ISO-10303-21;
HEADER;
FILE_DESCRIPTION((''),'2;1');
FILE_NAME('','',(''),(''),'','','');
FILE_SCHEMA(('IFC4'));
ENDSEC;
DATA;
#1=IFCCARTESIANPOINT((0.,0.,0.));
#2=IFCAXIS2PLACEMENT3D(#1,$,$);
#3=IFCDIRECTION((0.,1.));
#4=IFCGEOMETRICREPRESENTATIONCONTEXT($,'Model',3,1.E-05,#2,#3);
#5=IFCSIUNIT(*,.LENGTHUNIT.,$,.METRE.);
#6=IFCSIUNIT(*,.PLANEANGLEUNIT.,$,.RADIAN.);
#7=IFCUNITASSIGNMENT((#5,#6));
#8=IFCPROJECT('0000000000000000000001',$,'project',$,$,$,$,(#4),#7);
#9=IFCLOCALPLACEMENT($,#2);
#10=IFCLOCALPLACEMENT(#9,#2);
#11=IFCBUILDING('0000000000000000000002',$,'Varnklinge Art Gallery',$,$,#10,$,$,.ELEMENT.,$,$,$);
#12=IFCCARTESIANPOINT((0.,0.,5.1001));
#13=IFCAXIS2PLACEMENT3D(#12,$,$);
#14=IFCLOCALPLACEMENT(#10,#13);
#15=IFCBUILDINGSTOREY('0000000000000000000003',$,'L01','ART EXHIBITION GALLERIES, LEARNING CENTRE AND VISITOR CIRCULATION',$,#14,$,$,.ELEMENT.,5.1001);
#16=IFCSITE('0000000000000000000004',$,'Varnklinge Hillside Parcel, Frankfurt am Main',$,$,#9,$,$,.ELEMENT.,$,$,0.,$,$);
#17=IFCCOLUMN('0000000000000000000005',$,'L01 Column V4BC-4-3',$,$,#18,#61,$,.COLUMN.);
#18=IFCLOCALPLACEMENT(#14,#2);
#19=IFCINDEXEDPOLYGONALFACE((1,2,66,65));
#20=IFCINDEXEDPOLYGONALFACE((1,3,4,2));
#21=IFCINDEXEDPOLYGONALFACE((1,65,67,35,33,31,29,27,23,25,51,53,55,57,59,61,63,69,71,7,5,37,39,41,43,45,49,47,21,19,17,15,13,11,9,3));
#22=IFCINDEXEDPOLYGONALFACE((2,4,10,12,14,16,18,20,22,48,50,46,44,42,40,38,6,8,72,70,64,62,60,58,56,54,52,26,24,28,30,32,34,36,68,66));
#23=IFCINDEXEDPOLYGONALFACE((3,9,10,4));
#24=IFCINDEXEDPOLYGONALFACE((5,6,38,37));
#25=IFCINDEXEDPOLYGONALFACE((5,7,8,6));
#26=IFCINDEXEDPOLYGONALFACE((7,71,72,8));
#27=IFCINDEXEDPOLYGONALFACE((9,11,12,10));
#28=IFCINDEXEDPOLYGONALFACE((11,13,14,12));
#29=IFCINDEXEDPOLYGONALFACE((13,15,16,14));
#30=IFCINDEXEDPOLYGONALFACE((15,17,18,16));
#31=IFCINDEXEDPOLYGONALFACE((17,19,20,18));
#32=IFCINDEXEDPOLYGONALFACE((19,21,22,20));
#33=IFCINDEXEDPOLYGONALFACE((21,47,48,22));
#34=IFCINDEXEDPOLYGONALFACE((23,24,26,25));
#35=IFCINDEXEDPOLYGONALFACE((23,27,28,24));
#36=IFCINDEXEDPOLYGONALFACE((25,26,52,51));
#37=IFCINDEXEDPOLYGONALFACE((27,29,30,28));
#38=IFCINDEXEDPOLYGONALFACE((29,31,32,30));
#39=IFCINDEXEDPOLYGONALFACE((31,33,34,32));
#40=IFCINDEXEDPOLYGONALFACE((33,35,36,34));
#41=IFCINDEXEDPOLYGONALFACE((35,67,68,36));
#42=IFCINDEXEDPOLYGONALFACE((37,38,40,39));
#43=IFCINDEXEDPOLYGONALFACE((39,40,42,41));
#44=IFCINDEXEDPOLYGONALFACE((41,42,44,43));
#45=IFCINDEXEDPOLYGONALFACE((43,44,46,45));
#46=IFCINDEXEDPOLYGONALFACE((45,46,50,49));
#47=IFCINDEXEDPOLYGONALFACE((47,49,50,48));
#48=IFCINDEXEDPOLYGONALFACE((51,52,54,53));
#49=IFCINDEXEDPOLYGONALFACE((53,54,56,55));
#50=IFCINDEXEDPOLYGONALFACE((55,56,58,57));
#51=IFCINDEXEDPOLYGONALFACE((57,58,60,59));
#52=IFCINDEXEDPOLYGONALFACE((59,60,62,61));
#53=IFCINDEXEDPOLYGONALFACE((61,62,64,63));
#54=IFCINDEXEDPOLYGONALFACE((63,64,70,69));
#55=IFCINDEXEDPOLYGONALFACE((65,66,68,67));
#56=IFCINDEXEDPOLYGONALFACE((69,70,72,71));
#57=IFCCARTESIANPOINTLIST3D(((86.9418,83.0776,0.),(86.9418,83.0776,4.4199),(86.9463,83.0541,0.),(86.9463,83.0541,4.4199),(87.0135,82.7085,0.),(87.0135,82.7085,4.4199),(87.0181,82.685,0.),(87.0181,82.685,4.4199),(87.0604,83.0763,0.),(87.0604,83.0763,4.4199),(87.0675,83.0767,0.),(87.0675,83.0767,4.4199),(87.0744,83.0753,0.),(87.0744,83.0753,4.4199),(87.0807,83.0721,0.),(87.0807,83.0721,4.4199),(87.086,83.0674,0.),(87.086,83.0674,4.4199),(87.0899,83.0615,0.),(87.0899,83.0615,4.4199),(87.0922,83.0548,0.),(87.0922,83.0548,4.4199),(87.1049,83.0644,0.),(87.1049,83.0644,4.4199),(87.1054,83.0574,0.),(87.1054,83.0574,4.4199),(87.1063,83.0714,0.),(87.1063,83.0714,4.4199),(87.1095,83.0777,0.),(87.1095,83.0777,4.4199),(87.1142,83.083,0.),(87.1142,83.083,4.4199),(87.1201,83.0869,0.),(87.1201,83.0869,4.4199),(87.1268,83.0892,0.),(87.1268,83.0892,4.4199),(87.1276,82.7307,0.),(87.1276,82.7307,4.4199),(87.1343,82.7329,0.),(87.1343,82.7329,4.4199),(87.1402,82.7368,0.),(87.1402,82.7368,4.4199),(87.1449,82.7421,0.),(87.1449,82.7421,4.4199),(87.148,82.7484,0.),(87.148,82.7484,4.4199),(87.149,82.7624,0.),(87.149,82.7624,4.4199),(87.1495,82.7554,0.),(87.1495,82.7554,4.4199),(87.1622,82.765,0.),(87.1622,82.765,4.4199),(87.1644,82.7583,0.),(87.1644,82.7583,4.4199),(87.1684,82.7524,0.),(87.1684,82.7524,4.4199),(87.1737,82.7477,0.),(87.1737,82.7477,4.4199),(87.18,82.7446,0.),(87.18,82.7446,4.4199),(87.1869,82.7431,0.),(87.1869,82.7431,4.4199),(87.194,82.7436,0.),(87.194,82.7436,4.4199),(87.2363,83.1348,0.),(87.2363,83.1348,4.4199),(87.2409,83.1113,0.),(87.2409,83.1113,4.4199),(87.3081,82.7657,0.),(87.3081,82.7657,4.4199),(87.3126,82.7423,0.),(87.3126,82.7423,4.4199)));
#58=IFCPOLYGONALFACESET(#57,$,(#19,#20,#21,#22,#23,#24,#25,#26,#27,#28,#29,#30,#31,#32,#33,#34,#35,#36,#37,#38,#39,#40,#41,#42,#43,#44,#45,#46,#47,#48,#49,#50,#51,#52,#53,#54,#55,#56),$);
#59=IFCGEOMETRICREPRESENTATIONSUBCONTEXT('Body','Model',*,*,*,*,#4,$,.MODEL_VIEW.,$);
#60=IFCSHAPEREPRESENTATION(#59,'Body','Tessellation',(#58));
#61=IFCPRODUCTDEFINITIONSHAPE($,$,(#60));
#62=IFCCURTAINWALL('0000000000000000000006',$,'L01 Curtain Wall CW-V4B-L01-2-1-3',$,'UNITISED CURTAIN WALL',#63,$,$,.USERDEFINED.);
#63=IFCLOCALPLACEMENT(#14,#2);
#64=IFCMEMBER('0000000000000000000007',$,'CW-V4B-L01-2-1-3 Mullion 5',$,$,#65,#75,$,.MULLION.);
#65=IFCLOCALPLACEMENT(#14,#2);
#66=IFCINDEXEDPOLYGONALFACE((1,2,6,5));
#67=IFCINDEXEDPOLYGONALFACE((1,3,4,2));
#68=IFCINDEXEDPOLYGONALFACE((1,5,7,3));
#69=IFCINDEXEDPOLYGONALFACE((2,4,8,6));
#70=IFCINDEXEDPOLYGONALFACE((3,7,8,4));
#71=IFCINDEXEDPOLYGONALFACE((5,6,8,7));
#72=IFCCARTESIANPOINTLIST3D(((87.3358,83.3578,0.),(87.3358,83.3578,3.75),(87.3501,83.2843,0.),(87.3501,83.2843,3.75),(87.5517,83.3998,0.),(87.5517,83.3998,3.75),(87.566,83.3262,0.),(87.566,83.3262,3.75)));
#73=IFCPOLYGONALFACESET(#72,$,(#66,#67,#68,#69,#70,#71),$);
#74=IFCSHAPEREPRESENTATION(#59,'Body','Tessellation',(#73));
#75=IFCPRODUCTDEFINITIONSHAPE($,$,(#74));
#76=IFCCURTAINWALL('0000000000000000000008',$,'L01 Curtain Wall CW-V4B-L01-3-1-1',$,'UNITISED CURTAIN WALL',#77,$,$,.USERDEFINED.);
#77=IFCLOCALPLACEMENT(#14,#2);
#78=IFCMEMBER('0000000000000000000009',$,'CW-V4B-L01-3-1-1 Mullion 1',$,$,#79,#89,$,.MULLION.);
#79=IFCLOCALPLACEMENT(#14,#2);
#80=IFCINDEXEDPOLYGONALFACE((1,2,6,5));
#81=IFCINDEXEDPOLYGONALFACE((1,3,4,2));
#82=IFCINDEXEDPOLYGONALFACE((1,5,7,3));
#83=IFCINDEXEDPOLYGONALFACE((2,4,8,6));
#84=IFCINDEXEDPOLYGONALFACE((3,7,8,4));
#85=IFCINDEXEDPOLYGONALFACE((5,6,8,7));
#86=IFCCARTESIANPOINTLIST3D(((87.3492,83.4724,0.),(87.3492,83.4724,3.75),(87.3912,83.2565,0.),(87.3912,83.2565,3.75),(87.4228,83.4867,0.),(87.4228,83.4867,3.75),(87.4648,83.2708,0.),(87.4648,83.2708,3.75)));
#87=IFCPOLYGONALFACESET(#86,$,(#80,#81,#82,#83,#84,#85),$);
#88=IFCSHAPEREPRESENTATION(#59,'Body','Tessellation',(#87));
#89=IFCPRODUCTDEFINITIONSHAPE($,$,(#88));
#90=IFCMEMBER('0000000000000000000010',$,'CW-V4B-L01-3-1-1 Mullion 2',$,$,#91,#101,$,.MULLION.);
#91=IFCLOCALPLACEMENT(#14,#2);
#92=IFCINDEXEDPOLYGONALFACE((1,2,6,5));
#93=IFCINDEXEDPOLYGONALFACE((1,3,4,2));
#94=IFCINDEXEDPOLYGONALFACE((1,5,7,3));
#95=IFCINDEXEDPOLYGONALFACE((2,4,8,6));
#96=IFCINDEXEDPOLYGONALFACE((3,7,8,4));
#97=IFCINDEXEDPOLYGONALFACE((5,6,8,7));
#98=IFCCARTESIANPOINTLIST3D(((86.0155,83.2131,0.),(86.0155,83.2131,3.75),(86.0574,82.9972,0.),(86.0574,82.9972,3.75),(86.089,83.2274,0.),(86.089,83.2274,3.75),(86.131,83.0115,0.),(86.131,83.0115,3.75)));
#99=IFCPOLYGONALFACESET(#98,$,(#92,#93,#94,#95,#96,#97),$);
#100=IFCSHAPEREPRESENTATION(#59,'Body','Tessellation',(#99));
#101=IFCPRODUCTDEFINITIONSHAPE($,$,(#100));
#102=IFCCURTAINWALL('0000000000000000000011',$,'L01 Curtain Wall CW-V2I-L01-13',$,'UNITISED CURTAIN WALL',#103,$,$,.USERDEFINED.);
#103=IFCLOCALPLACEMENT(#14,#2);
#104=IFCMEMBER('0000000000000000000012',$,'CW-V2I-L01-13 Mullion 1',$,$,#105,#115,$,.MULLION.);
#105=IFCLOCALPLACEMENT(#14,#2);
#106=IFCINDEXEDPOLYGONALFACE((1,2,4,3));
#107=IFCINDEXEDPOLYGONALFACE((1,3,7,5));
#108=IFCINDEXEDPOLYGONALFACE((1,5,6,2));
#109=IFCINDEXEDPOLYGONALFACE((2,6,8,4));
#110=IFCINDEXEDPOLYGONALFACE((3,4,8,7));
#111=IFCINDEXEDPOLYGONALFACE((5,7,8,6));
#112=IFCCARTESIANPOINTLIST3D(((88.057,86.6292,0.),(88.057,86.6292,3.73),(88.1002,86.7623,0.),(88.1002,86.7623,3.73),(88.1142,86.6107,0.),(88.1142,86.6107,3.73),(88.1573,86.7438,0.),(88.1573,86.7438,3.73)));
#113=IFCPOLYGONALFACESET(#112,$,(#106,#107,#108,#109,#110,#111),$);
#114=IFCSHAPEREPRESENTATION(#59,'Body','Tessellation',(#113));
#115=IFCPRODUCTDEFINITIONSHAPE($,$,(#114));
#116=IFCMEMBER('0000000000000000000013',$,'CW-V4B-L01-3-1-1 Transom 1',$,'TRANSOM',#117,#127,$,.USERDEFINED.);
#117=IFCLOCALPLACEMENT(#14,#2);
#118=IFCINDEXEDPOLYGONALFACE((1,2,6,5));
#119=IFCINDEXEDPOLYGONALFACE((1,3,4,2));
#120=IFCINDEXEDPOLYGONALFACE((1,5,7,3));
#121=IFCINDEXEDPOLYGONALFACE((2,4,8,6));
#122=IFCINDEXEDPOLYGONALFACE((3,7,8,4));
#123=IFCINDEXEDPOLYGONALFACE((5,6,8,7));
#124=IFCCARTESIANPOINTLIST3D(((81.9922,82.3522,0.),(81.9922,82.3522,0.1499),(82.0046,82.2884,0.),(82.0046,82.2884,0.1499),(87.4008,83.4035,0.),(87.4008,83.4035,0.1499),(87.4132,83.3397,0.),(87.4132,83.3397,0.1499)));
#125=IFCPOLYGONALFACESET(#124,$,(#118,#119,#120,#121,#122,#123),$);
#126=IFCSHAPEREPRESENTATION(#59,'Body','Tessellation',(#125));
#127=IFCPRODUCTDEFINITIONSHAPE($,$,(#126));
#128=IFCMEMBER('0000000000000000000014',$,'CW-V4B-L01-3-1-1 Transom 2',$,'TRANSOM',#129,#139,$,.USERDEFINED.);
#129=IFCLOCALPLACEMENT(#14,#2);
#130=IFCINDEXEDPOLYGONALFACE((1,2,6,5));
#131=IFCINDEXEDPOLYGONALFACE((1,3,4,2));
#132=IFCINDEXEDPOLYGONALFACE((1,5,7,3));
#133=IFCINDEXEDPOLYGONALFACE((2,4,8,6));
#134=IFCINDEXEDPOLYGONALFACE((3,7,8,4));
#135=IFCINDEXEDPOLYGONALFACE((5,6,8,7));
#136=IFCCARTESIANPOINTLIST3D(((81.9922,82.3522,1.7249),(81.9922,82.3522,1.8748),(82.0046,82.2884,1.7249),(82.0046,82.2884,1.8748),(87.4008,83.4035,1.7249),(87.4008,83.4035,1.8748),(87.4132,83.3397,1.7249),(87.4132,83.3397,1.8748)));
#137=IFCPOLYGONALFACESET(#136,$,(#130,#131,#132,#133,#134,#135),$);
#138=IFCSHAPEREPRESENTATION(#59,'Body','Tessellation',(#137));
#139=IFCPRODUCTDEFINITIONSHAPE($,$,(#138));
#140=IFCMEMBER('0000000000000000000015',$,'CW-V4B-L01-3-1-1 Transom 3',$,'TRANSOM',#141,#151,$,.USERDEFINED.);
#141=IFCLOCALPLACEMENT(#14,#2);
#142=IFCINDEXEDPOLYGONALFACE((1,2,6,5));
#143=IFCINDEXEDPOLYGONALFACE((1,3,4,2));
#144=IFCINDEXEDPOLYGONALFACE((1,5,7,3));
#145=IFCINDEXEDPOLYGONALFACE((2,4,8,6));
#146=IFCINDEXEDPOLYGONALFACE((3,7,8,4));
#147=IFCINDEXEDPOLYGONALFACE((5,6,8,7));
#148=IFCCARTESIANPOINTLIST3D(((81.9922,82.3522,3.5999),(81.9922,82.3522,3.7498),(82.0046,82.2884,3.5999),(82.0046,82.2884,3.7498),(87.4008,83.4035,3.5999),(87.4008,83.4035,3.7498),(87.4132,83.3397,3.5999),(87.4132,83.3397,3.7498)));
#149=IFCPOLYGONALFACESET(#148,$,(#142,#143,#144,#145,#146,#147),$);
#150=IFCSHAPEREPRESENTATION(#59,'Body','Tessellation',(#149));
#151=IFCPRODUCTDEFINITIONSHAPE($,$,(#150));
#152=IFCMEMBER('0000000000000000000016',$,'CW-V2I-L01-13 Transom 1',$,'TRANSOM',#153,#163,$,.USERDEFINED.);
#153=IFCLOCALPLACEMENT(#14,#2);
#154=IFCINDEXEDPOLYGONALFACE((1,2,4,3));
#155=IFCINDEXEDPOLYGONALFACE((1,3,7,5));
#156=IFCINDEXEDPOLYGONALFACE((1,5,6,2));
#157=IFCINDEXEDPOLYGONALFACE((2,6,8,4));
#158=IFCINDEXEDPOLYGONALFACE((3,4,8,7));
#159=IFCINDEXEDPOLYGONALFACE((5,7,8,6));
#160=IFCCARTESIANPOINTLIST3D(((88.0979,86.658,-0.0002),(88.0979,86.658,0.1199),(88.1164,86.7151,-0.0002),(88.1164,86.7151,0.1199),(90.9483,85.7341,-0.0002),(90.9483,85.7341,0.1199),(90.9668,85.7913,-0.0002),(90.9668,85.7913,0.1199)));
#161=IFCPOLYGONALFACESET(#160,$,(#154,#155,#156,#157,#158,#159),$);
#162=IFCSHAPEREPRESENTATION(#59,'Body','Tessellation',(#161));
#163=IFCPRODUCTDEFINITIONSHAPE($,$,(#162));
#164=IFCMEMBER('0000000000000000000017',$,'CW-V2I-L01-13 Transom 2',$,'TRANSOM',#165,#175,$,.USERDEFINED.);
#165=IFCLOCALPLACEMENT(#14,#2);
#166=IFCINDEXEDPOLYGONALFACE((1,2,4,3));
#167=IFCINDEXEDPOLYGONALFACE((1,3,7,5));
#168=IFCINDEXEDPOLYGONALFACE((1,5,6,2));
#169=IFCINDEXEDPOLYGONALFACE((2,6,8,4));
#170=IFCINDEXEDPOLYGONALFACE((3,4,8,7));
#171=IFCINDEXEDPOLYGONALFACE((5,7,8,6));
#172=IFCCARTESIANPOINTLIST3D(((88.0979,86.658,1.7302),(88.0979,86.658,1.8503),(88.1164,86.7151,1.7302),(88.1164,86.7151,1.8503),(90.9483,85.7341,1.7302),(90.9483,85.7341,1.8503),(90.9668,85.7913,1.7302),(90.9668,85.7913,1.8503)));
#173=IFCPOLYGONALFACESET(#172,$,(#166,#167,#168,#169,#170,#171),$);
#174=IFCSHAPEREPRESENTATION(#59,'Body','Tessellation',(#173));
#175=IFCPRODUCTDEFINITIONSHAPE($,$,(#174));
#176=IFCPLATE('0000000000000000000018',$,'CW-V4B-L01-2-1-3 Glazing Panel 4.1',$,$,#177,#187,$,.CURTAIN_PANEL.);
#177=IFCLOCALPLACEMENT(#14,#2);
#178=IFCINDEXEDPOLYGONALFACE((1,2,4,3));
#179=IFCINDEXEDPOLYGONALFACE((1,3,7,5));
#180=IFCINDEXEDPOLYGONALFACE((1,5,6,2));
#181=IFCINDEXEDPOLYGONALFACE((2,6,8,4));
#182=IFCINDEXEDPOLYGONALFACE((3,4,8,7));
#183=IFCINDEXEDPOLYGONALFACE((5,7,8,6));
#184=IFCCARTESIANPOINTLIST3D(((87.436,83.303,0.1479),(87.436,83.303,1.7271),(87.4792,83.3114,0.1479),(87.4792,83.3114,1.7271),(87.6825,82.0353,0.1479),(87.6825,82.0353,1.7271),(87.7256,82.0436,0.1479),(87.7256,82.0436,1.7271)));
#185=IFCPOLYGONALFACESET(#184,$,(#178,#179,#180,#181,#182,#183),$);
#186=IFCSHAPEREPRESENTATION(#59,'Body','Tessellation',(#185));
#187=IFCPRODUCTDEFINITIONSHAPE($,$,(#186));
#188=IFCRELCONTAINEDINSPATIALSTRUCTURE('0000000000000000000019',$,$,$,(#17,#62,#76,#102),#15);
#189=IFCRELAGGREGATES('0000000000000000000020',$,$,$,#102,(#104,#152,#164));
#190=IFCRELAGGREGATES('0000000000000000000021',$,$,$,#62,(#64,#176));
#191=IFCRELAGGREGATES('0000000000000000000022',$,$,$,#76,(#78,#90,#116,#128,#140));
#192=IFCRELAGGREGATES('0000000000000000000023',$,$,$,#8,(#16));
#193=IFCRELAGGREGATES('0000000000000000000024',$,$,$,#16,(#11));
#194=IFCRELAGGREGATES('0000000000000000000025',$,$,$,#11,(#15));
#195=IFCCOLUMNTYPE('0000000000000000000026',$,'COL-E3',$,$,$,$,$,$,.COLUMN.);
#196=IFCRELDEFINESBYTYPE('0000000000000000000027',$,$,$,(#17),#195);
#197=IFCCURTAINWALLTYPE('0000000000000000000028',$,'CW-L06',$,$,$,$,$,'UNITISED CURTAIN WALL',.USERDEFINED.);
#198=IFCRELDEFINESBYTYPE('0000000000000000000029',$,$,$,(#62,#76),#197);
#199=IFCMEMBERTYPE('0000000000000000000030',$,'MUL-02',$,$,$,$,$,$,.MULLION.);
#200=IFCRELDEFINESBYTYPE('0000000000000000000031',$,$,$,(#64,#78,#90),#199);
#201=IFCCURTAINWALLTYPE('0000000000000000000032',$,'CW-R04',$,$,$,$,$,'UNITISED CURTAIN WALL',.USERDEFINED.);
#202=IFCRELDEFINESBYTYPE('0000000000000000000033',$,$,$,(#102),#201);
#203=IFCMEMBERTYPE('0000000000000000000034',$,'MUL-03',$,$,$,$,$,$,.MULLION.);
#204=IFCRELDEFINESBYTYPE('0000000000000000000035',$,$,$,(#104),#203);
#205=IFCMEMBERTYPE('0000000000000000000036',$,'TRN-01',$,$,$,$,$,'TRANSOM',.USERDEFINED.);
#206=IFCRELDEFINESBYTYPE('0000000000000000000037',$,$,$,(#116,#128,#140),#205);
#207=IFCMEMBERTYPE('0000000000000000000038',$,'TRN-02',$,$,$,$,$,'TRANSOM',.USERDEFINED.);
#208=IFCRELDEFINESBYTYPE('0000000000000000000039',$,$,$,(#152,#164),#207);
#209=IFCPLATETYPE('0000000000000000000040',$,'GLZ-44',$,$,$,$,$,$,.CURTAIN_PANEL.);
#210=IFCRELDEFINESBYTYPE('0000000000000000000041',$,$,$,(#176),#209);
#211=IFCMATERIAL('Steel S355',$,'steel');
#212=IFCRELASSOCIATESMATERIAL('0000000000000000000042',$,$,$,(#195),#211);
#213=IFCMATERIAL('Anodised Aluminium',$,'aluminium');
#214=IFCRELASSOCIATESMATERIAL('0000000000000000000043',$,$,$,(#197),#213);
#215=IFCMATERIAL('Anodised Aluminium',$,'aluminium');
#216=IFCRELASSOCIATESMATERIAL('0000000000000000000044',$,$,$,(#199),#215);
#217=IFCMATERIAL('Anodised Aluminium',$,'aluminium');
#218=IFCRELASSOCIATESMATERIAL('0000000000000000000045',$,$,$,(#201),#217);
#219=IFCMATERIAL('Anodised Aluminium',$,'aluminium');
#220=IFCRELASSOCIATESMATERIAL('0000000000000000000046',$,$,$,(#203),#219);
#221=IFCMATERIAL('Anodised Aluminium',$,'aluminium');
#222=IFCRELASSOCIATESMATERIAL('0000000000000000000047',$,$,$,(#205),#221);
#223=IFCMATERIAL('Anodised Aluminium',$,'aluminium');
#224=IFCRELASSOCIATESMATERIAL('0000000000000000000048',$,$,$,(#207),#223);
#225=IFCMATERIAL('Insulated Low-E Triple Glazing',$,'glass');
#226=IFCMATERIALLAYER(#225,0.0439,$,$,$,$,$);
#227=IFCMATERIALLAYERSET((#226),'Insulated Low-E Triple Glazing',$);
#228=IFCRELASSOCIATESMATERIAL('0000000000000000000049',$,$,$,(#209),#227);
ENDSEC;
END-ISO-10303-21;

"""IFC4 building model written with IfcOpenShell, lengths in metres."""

from ifc_helpers import new_model, si_unit, direction, frame, origin, origin_2d, place, context, subcontext, project, spatial, rectangle, i_section, extrude, material, layer, layer_set, material_profile, profile_set, type_object, element, aggregate, save


model = new_model("IFC4")

# Units and contexts
model_context = context("Model", 3, precision=1e-05, world=origin(), true_north=direction((0.0, 1.0)))
body_context = subcontext(model_context, "Body", "Model", "MODEL_VIEW")
ifc_project = project(units=[si_unit("LENGTHUNIT", "METRE"), si_unit("PLANEANGLEUNIT", "RADIAN")], contexts=[model_context])

# Site, building, storey
site_placement = place(None, origin())
site = spatial("IfcSite", under=ifc_project, at=site_placement, Name="Varnklinge Hillside Parcel, Frankfurt am Main", CompositionType="ELEMENT", RefElevation=0.0)
building_placement = place(site_placement, origin())
building = spatial("IfcBuilding", under=site, at=building_placement, Name="Varnklinge Art Gallery", CompositionType="ELEMENT")
storey_placement = place(building_placement, frame((0.0, 0.0, 5.1001)))
storey = spatial("IfcBuildingStorey", under=building, at=storey_placement, Name="L01", Description="ART EXHIBITION GALLERIES, LEARNING CENTRE AND VISITOR CIRCULATION", CompositionType="ELEMENT", Elevation=5.1001)

# Column
ifc_material_1 = material(Name="Steel S355", Category="steel")
ifc_material_profile_1 = material_profile(ifc_material_1, i_section(OverallWidth=0.3, OverallDepth=0.3999, WebThickness=0.0134, FlangeThickness=0.0239, FilletRadius=0.0271, at=origin_2d()), Name="HEB 400")
ifc_profile_set_1 = profile_set([ifc_material_profile_1], Name="Steel S355")
column_type = type_object("IfcColumnType", Name="COL-E3", PredefinedType="COLUMN", material=ifc_profile_set_1)
column_placement = place(storey_placement, frame((87.1272, 82.9099, 0.0), z_axis=(0.0, 0.0, 1.0), x_axis=(0.981627, 0.190809, 0.0)))
element("IfcColumn", 1, at=column_placement, inside=storey, type_object=column_type, Name="L01 Column V4BC-4-3", PredefinedType="COLUMN", context=body_context, shape_type="SweptSolid", body=[
    extrude(i_section(OverallWidth=0.3, OverallDepth=0.3999, WebThickness=0.0134, FlangeThickness=0.0239, FilletRadius=0.0271, at=origin_2d()), origin(), (0.0, 0.0, 1.0), 4.4199),
])

# Curtain wall, member
ifc_material_2 = material(Name="Anodised Aluminium", Category="aluminium")
curtain_wall_type_1 = type_object("IfcCurtainWallType", Name="CW-L06", ElementType="UNITISED CURTAIN WALL", PredefinedType="USERDEFINED", material=ifc_material_2)
curtain_wall_1_placement = place(storey_placement, origin())
curtain_wall_1 = element("IfcCurtainWall", 2, at=curtain_wall_1_placement, inside=storey, type_object=curtain_wall_type_1, Name="L01 Curtain Wall CW-V4B-L01-2-1-3", ObjectType="UNITISED CURTAIN WALL", PredefinedType="USERDEFINED")
ifc_material_3 = material(Name="Anodised Aluminium", Category="aluminium")
ifc_material_profile_2 = material_profile(ifc_material_3, rectangle(XDim=0.075, YDim=0.22, at=origin_2d()), Name="ALU 75x220")
ifc_profile_set_2 = profile_set([ifc_material_profile_2], Name="Anodised Aluminium")
member_type_1 = type_object("IfcMemberType", Name="MUL-02", PredefinedType="MULLION", material=ifc_profile_set_2)
member_1_placement = place(storey_placement, frame((87.4509, 83.342, 0.0), z_axis=(0.0, 0.0, 1.0), x_axis=(-0.190809, 0.981627, 0.0)))
member_1 = element("IfcMember", 3, at=member_1_placement, type_object=member_type_1, Name="CW-V4B-L01-2-1-3 Mullion 5", PredefinedType="MULLION", context=body_context, shape_type="SweptSolid", body=[
    extrude(rectangle(XDim=0.075, YDim=0.22, at=origin_2d()), origin(), (0.0, 0.0, 1.0), 3.75),
])

# Curtain wall, members
curtain_wall_2_placement = place(storey_placement, origin())
curtain_wall_2 = element("IfcCurtainWall", 4, at=curtain_wall_2_placement, inside=storey, type_object=curtain_wall_type_1, Name="L01 Curtain Wall CW-V4B-L01-3-1-1", ObjectType="UNITISED CURTAIN WALL", PredefinedType="USERDEFINED")
member_2_placement = place(storey_placement, frame((87.407, 83.3716, 0.0), z_axis=(0.0, 0.0, 1.0), x_axis=(-0.981627, -0.190809, 0.0)))
member_2 = element("IfcMember", 5, at=member_2_placement, type_object=member_type_1, Name="CW-V4B-L01-3-1-1 Mullion 1", PredefinedType="MULLION", context=body_context, shape_type="SweptSolid", body=[
    extrude(rectangle(XDim=0.075, YDim=0.22, at=origin_2d()), origin(), (0.0, 0.0, 1.0), 3.75),
])
member_3_placement = place(storey_placement, frame((86.0732, 83.1123, 0.0), z_axis=(0.0, 0.0, 1.0), x_axis=(-0.981627, -0.190809, 0.0)))
member_3 = element("IfcMember", 6, at=member_3_placement, type_object=member_type_1, Name="CW-V4B-L01-3-1-1 Mullion 2", PredefinedType="MULLION", context=body_context, shape_type="SweptSolid", body=[
    extrude(rectangle(XDim=0.075, YDim=0.22, at=origin_2d()), origin(), (0.0, 0.0, 1.0), 3.75),
])

# Curtain wall, member
ifc_material_4 = material(Name="Anodised Aluminium", Category="aluminium")
curtain_wall_type_2 = type_object("IfcCurtainWallType", Name="CW-R04", ElementType="UNITISED CURTAIN WALL", PredefinedType="USERDEFINED", material=ifc_material_4)
curtain_wall_3_placement = place(storey_placement, origin())
curtain_wall_3 = element("IfcCurtainWall", 7, at=curtain_wall_3_placement, inside=storey, type_object=curtain_wall_type_2, Name="L01 Curtain Wall CW-V2I-L01-13", ObjectType="UNITISED CURTAIN WALL", PredefinedType="USERDEFINED")
ifc_material_5 = material(Name="Anodised Aluminium", Category="aluminium")
ifc_material_profile_3 = material_profile(ifc_material_5, rectangle(XDim=0.0601, YDim=0.1399, at=origin_2d()), Name="ALU 60x140")
ifc_profile_set_3 = profile_set([ifc_material_profile_3], Name="Anodised Aluminium")
member_type_2 = type_object("IfcMemberType", Name="MUL-03", PredefinedType="MULLION", material=ifc_profile_set_3)
member_4_placement = place(storey_placement, frame((88.1072, 86.6865, 0.0), z_axis=(0.0, 0.0, 1.0), x_axis=(0.951272, -0.308353, 0.0)))
member_4 = element("IfcMember", 8, at=member_4_placement, type_object=member_type_2, Name="CW-V2I-L01-13 Mullion 1", PredefinedType="MULLION", context=body_context, shape_type="SweptSolid", body=[
    extrude(rectangle(XDim=0.0601, YDim=0.1399, at=origin_2d()), origin(), (0.0, 0.0, 1.0), 3.73),
])

# Members
ifc_material_6 = material(Name="Anodised Aluminium", Category="aluminium")
ifc_material_profile_4 = material_profile(ifc_material_6, rectangle(XDim=0.0649, YDim=0.1499, at=origin_2d()), Name="ALU 65x150")
ifc_profile_set_4 = profile_set([ifc_material_profile_4], Name="Anodised Aluminium")
member_type_3 = type_object("IfcMemberType", Name="TRN-01", ElementType="TRANSOM", PredefinedType="USERDEFINED", material=ifc_profile_set_4)
member_5_placement = place(storey_placement, frame((87.407, 83.3716, 0.075), z_axis=(-0.981628, -0.190804, 0.0), x_axis=(0.190804, -0.981628, 0.0)))
member_5 = element("IfcMember", 9, at=member_5_placement, type_object=member_type_3, Name="CW-V4B-L01-3-1-1 Transom 1", ObjectType="TRANSOM", PredefinedType="USERDEFINED", context=body_context, shape_type="SweptSolid", body=[
    extrude(rectangle(XDim=0.0649, YDim=0.1499, at=origin_2d()), origin(), (0.0, 0.0, 1.0), 5.5098),
])
member_6_placement = place(storey_placement, frame((87.407, 83.3716, 1.7998), z_axis=(-0.981628, -0.190804, 0.0), x_axis=(0.190804, -0.981628, 0.0)))
member_6 = element("IfcMember", 10, at=member_6_placement, type_object=member_type_3, Name="CW-V4B-L01-3-1-1 Transom 2", ObjectType="TRANSOM", PredefinedType="USERDEFINED", context=body_context, shape_type="SweptSolid", body=[
    extrude(rectangle(XDim=0.0649, YDim=0.1499, at=origin_2d()), origin(), (0.0, 0.0, 1.0), 5.5098),
])
member_7_placement = place(storey_placement, frame((87.407, 83.3716, 3.6748), z_axis=(-0.981628, -0.190804, 0.0), x_axis=(0.190804, -0.981628, 0.0)))
member_7 = element("IfcMember", 11, at=member_7_placement, type_object=member_type_3, Name="CW-V4B-L01-3-1-1 Transom 3", ObjectType="TRANSOM", PredefinedType="USERDEFINED", context=body_context, shape_type="SweptSolid", body=[
    extrude(rectangle(XDim=0.0649, YDim=0.1499, at=origin_2d()), origin(), (0.0, 0.0, 1.0), 5.5098),
])
ifc_material_7 = material(Name="Anodised Aluminium", Category="aluminium")
ifc_material_profile_5 = material_profile(ifc_material_7, rectangle(XDim=0.0601, YDim=0.1201, at=origin_2d()), Name="ALU 60x120")
ifc_profile_set_5 = profile_set([ifc_material_profile_5], Name="Anodised Aluminium")
member_type_4 = type_object("IfcMemberType", Name="TRN-02", ElementType="TRANSOM", PredefinedType="USERDEFINED", material=ifc_profile_set_5)
member_8_placement = place(storey_placement, frame((88.1072, 86.6865, 0.0598), z_axis=(0.951282, -0.308321, 0.0), x_axis=(0.308321, 0.951282, 0.0)))
member_8 = element("IfcMember", 12, at=member_8_placement, type_object=member_type_4, Name="CW-V2I-L01-13 Transom 1", ObjectType="TRANSOM", PredefinedType="USERDEFINED", context=body_context, shape_type="SweptSolid", body=[
    extrude(rectangle(XDim=0.0601, YDim=0.1201, at=origin_2d()), origin(), (0.0, 0.0, 1.0), 2.9963),
])
member_9_placement = place(storey_placement, frame((88.1072, 86.6865, 1.7903), z_axis=(0.951282, -0.308321, 0.0), x_axis=(0.308321, 0.951282, 0.0)))
member_9 = element("IfcMember", 13, at=member_9_placement, type_object=member_type_4, Name="CW-V2I-L01-13 Transom 2", ObjectType="TRANSOM", PredefinedType="USERDEFINED", context=body_context, shape_type="SweptSolid", body=[
    extrude(rectangle(XDim=0.0601, YDim=0.1201, at=origin_2d()), origin(), (0.0, 0.0, 1.0), 2.9963),
])
aggregate(curtain_wall_3, [member_4, member_8, member_9])

# Plate
ifc_material_8 = material(Name="Insulated Low-E Triple Glazing", Category="glass")
ifc_layer_1 = layer(ifc_material_8, 0.0439)
ifc_layer_set_1 = layer_set([ifc_layer_1], Name="Insulated Low-E Triple Glazing")
plate_type = type_object("IfcPlateType", Name="GLZ-44", PredefinedType="CURTAIN_PANEL", material=ifc_layer_set_1)
plate_1_placement = place(storey_placement, frame((87.5808, 82.6733, 0.1479), z_axis=(0.0, 0.0, 1.0), x_axis=(-0.190809, 0.981627, 0.0)))
plate_1 = element("IfcPlate", 14, at=plate_1_placement, type_object=plate_type, Name="CW-V4B-L01-2-1-3 Glazing Panel 4.1", PredefinedType="CURTAIN_PANEL", context=body_context, shape_type="SweptSolid", body=[
    extrude(rectangle(XDim=1.2915, YDim=0.0439, at=origin_2d()), origin(), (0.0, 0.0, 1.0), 1.5791),
])
aggregate(curtain_wall_1, [member_1, plate_1])
aggregate(curtain_wall_2, [member_2, member_3, member_5, member_6, member_7])

save(model, "model.ifc")
